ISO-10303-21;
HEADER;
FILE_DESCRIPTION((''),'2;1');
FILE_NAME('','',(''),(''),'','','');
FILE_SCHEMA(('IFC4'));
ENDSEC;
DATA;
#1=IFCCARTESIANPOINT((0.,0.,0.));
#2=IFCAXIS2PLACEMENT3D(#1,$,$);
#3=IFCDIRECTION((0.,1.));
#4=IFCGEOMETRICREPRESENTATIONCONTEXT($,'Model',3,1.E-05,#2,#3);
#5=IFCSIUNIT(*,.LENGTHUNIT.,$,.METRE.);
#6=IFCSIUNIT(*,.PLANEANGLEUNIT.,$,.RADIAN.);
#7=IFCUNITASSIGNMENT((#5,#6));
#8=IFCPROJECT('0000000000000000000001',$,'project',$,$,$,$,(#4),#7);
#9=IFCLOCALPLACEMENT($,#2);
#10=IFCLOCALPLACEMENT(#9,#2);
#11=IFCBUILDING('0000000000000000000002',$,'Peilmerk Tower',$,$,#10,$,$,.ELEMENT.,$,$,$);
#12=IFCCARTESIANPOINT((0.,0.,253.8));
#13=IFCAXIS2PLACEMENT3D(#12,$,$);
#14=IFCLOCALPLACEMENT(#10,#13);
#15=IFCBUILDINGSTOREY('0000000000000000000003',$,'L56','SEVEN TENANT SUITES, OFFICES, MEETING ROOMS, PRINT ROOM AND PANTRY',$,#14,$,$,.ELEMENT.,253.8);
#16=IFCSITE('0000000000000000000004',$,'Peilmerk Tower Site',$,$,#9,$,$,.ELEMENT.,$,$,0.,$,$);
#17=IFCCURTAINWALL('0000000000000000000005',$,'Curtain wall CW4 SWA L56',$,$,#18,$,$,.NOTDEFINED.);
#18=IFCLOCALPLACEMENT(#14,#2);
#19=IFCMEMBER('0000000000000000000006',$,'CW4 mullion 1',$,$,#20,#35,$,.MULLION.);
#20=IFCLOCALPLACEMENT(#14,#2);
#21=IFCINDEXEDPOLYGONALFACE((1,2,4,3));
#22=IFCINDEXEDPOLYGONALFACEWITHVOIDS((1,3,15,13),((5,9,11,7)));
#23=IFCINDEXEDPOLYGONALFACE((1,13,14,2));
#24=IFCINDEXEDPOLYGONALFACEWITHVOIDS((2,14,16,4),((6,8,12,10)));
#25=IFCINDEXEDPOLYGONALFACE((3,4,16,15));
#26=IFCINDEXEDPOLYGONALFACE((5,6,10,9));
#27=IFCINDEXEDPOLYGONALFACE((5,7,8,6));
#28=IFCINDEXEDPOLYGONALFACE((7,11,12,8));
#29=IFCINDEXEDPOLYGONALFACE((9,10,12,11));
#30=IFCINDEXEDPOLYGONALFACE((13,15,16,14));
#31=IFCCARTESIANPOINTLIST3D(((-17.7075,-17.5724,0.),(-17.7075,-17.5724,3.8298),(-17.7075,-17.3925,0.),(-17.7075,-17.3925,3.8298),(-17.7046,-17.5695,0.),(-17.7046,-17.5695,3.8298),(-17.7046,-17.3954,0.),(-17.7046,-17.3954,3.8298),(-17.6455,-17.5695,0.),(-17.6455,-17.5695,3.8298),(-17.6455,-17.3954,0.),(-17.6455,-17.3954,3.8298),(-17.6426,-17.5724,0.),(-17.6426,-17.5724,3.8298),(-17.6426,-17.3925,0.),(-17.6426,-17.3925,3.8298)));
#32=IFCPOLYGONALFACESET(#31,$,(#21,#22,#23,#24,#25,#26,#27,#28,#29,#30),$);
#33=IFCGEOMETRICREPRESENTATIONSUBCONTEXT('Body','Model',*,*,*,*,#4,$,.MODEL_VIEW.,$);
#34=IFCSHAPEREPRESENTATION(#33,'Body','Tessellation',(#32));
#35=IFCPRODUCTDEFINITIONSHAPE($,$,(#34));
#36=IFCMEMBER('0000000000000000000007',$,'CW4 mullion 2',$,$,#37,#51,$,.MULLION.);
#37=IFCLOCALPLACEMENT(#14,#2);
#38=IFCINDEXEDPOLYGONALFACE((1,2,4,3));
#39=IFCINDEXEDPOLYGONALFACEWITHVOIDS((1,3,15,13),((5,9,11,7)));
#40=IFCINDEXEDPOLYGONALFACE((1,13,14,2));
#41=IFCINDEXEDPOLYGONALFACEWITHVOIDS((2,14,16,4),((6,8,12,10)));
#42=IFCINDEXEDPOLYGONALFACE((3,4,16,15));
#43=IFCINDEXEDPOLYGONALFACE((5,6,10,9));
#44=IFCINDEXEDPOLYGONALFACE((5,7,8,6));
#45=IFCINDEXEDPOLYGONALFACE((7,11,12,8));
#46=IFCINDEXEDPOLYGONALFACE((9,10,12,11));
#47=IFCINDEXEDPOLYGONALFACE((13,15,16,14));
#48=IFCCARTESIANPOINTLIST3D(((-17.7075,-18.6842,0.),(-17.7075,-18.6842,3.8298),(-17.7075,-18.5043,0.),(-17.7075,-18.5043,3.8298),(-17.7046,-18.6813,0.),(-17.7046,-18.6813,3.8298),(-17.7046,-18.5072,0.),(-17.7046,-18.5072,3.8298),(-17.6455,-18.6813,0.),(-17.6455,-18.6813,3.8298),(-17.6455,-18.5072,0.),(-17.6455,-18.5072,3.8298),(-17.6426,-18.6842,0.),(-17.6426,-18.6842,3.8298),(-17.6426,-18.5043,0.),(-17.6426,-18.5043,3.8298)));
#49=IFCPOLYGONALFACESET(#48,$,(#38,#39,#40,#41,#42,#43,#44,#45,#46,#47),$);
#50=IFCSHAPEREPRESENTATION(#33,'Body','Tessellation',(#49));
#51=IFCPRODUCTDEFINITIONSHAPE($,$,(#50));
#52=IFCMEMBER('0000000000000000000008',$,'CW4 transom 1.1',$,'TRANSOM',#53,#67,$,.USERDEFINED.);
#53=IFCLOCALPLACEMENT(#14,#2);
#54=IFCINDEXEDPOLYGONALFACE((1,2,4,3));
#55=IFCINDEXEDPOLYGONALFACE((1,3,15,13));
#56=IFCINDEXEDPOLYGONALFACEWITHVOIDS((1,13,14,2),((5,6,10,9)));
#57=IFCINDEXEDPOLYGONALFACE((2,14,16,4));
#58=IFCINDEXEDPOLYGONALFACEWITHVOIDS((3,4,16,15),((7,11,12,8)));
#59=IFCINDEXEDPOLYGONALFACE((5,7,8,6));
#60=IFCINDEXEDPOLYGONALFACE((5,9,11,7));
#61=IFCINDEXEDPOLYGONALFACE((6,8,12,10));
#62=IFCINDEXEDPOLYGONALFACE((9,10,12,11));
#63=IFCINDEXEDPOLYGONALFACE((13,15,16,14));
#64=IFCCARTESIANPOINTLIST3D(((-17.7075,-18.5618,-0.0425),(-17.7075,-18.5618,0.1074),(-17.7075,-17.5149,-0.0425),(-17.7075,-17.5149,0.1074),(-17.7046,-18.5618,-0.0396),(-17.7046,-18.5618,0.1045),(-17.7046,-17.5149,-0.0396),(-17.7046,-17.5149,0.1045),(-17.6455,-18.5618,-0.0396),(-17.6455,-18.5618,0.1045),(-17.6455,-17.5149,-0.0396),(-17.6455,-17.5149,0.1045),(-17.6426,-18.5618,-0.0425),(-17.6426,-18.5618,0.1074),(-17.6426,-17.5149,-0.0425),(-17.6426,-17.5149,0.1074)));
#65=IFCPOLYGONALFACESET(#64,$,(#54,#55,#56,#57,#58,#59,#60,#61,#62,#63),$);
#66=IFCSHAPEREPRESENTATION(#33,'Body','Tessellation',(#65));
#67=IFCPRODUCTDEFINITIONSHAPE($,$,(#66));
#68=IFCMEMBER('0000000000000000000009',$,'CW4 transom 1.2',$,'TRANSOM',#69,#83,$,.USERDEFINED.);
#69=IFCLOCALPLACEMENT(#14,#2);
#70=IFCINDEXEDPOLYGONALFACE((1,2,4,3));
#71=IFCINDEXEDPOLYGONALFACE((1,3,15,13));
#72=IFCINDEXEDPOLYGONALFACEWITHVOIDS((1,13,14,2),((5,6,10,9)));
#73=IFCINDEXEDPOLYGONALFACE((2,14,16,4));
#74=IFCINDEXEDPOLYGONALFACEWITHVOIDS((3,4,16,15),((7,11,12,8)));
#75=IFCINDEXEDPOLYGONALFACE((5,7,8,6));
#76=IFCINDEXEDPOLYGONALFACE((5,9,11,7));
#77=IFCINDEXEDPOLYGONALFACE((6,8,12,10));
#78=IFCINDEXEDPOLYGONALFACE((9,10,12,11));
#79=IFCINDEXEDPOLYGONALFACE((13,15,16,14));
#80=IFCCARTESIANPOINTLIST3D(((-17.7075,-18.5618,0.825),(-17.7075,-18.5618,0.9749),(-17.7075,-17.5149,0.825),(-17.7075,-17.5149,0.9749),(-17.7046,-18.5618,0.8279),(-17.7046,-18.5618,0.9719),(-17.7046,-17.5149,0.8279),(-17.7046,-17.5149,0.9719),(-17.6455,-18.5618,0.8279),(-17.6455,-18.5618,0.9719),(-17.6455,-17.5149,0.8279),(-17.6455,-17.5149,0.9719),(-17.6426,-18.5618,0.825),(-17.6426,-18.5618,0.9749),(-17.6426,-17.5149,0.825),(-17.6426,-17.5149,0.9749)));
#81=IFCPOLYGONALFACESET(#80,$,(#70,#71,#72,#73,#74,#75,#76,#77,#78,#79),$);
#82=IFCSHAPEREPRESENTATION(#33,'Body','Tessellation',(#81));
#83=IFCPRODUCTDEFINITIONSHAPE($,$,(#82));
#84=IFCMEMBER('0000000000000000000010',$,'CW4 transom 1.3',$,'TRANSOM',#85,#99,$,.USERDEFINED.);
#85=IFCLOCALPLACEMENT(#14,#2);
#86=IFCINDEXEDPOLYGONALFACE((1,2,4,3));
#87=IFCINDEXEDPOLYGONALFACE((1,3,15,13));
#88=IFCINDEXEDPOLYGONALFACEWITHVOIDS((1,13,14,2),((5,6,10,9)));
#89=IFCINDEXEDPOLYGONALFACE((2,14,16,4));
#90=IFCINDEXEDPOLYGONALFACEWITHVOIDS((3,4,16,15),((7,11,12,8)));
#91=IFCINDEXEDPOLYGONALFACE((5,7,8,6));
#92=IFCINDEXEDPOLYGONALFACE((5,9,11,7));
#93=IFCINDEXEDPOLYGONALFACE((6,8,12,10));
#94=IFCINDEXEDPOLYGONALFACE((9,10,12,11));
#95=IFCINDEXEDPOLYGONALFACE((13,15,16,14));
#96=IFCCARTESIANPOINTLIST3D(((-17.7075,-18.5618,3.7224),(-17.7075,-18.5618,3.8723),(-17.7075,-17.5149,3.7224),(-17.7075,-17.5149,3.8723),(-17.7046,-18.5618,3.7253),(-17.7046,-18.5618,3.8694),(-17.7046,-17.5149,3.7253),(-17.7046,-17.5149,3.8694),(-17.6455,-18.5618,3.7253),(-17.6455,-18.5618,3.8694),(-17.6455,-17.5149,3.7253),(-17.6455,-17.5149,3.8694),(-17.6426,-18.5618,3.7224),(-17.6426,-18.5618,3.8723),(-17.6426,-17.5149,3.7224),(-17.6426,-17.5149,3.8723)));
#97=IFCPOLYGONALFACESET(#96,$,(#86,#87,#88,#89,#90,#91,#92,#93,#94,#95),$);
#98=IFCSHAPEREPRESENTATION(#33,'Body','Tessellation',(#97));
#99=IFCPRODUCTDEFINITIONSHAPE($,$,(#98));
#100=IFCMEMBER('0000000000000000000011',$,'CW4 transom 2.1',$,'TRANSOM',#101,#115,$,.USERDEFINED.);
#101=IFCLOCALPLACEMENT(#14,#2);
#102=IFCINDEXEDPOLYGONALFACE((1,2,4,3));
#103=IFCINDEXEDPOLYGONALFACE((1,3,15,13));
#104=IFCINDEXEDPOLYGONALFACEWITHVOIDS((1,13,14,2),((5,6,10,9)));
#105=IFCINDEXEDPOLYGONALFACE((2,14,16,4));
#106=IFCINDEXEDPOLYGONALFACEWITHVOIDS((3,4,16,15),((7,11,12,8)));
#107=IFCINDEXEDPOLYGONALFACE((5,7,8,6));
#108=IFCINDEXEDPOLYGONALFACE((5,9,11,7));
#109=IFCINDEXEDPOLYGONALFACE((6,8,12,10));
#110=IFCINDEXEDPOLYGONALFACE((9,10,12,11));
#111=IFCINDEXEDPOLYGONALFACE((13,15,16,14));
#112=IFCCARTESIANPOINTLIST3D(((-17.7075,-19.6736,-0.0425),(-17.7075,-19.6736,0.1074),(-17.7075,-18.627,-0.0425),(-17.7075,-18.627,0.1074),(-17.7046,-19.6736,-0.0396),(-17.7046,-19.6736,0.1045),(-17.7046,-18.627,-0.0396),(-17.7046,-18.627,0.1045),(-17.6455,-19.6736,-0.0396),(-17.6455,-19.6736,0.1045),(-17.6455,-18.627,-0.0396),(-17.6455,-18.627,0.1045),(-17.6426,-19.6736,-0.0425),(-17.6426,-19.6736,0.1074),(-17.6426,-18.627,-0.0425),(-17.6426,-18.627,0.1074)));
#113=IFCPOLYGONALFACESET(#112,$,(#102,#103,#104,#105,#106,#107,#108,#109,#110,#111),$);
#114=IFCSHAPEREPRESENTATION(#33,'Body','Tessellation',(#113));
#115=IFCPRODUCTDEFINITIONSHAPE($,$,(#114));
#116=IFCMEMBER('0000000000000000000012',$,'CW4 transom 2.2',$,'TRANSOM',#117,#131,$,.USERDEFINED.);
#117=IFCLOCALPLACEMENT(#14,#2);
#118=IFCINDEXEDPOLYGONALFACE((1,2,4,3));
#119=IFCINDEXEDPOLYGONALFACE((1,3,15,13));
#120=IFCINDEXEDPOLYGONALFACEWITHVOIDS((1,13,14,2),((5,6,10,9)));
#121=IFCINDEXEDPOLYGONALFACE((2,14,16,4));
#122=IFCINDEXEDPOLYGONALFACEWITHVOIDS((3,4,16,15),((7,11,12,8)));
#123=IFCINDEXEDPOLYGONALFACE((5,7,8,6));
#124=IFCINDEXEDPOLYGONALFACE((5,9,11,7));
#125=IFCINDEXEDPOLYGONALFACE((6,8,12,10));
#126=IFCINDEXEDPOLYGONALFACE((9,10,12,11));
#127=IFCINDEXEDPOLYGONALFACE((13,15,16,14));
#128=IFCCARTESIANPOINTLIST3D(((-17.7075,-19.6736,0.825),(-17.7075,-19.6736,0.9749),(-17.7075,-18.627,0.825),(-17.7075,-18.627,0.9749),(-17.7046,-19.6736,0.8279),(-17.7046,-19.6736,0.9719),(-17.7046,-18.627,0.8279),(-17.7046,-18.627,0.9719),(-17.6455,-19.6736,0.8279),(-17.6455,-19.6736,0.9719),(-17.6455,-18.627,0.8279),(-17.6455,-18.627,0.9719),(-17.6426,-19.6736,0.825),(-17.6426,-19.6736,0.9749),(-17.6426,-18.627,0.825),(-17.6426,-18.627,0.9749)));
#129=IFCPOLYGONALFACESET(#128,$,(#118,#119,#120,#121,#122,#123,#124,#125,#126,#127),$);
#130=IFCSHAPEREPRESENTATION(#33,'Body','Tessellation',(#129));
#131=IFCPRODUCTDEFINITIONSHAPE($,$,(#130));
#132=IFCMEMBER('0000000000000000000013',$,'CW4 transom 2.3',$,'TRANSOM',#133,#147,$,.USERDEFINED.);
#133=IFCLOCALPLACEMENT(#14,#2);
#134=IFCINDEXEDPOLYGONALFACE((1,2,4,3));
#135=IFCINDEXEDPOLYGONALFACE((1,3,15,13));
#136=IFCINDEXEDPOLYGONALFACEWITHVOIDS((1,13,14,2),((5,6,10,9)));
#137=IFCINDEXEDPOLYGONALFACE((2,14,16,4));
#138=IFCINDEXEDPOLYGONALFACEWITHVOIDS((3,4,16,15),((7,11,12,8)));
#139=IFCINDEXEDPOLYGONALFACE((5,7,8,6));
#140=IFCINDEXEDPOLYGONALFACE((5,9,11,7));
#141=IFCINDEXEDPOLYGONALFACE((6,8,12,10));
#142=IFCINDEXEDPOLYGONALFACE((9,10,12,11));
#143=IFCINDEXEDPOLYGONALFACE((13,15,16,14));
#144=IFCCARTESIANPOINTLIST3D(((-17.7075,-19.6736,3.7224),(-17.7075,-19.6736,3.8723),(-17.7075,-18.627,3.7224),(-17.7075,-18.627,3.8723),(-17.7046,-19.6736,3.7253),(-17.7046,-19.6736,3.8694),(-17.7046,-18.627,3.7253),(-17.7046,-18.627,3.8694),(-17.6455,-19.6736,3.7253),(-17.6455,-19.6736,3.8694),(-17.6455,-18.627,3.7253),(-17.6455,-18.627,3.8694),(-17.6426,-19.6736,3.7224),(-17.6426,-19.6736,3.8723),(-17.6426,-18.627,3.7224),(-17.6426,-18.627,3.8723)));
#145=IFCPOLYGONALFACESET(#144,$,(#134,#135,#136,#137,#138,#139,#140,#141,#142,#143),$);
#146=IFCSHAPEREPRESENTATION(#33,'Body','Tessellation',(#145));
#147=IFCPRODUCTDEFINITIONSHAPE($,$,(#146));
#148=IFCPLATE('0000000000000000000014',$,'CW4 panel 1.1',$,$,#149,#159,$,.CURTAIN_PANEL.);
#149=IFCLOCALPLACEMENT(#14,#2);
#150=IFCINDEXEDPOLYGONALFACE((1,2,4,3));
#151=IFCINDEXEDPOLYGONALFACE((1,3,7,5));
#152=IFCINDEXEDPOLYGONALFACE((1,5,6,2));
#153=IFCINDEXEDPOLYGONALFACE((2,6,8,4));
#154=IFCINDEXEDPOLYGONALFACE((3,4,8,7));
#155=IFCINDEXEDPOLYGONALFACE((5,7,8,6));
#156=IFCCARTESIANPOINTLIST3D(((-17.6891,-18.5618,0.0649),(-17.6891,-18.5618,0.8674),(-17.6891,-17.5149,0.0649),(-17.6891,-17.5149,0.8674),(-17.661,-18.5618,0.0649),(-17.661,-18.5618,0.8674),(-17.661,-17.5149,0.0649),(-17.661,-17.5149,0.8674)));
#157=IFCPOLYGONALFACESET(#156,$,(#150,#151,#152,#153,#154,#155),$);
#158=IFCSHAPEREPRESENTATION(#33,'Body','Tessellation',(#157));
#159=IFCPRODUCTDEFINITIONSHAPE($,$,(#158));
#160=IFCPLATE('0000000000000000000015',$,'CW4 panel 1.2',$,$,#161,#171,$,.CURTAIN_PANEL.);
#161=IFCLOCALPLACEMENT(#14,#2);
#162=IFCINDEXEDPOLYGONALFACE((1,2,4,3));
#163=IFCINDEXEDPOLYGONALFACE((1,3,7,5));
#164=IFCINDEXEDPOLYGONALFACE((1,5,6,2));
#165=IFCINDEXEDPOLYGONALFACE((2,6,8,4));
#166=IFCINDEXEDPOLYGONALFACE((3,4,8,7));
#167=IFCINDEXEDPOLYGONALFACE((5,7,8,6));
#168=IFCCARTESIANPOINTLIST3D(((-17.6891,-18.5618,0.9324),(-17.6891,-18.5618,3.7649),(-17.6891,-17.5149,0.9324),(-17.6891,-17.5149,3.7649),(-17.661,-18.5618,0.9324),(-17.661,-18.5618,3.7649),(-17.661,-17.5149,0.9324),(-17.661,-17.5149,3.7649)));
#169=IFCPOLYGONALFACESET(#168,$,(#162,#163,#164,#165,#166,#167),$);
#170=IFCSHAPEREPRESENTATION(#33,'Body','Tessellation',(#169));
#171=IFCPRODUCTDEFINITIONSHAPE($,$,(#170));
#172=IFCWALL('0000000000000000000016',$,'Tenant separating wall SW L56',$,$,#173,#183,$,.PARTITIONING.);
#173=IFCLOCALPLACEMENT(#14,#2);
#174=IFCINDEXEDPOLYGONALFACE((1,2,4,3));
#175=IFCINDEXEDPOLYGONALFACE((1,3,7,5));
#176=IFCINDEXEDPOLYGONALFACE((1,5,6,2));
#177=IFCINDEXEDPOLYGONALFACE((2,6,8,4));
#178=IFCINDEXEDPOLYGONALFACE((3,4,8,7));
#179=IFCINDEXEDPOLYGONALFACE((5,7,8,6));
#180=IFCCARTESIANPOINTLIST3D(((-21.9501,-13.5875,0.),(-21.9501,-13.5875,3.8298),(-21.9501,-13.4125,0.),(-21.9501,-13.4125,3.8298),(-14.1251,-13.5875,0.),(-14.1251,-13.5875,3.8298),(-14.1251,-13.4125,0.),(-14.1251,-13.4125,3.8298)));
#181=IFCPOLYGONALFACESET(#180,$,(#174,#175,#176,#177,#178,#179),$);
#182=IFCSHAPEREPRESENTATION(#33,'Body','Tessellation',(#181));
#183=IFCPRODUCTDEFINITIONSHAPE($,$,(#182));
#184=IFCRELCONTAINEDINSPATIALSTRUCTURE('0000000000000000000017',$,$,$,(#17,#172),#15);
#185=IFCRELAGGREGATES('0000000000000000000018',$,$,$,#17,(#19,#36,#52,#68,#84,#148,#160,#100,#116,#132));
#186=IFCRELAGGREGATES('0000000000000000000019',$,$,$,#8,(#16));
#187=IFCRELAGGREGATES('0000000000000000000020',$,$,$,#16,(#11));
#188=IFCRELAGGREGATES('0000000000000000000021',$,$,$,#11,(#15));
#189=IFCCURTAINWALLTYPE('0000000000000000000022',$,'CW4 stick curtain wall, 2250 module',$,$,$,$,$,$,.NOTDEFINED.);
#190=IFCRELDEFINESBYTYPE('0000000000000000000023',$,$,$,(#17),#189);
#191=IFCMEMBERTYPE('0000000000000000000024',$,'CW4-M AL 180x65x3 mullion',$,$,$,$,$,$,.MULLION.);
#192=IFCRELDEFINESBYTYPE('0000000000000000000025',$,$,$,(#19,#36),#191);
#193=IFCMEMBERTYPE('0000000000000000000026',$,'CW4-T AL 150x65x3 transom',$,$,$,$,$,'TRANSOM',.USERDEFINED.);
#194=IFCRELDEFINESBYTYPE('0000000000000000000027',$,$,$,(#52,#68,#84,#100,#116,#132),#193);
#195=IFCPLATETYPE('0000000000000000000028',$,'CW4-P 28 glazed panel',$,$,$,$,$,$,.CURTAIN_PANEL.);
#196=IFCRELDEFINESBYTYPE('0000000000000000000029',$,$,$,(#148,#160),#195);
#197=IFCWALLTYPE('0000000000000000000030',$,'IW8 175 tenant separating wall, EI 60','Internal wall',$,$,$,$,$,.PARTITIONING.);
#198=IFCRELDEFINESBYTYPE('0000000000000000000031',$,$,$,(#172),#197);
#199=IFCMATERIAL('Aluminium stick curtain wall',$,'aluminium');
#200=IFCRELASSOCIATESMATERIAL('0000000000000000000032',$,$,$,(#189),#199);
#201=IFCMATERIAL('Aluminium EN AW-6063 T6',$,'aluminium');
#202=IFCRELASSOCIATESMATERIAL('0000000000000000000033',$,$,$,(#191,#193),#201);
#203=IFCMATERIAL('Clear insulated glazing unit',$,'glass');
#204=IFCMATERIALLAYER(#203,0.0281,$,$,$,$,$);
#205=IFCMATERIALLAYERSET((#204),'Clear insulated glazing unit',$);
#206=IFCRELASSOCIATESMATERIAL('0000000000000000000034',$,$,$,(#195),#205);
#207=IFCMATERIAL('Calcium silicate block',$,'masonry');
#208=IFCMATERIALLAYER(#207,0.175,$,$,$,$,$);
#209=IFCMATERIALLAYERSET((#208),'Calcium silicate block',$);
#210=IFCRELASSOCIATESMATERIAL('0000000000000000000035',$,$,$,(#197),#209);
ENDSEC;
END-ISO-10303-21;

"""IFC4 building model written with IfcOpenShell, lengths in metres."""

from ifc_helpers import new_model, si_unit, direction, frame, frame_2d, origin, origin_2d, place, context, subcontext, project, spatial, rectangle, hollow_rectangle, extrude, material, layer, layer_set, material_profile, profile_set, type_object, element, aggregate, save


model = new_model("IFC4")

# Units and contexts
model_context = context("Model", 3, precision=1e-05, world=origin(), true_north=direction((0.0, 1.0)))
body_context = subcontext(model_context, "Body", "Model", "MODEL_VIEW")
ifc_project = project(units=[si_unit("LENGTHUNIT", "METRE"), si_unit("PLANEANGLEUNIT", "RADIAN")], contexts=[model_context])

# Site, building, storey
site_placement = place(None, origin())
site = spatial("IfcSite", under=ifc_project, at=site_placement, Name="Peilmerk Tower Site", CompositionType="ELEMENT", RefElevation=0.0)
building_placement = place(site_placement, origin())
building = spatial("IfcBuilding", under=site, at=building_placement, Name="Peilmerk Tower", CompositionType="ELEMENT")
storey_placement = place(building_placement, frame((0.0, 0.0, 253.8)))
storey = spatial("IfcBuildingStorey", under=building, at=storey_placement, Name="L56", Description="SEVEN TENANT SUITES, OFFICES, MEETING ROOMS, PRINT ROOM AND PANTRY", CompositionType="ELEMENT", Elevation=253.8)

# Curtain wall, members, plates
ifc_material_1 = material(Name="Aluminium stick curtain wall", Category="aluminium")
curtain_wall_type = type_object("IfcCurtainWallType", Name="CW4 stick curtain wall, 2250 module", PredefinedType="NOTDEFINED", material=ifc_material_1)
curtain_wall_placement = place(storey_placement, origin())
curtain_wall = element("IfcCurtainWall", 1, at=curtain_wall_placement, inside=storey, type_object=curtain_wall_type, Name="Curtain wall CW4 SWA L56", PredefinedType="NOTDEFINED")
ifc_material_2 = material(Name="Aluminium EN AW-6063 T6", Category="aluminium")
ifc_material_profile_1 = material_profile(ifc_material_2, hollow_rectangle(XDim=0.0649, YDim=0.1799, WallThickness=0.0029, at=origin_2d()), Name="AL 180x65x3")
ifc_profile_set_1 = profile_set([ifc_material_profile_1], Name="Aluminium EN AW-6063 T6")
member_type_1 = type_object("IfcMemberType", Name="CW4-M AL 180x65x3 mullion", PredefinedType="MULLION", material=ifc_profile_set_1)
member_1_placement = place(storey_placement, frame((-17.675, -17.4824, 0.0), z_axis=(0.0, 0.0, 1.0), x_axis=(1.0, 0.0, 0.0)))
member_1 = element("IfcMember", 2, at=member_1_placement, type_object=member_type_1, Name="CW4 mullion 1", PredefinedType="MULLION", context=body_context, shape_type="SweptSolid", body=[
    extrude(hollow_rectangle(XDim=0.0649, YDim=0.1799, WallThickness=0.0029, at=origin_2d()), origin(), (0.0, 0.0, 1.0), 3.8298),
])
member_2_placement = place(storey_placement, frame((-17.675, -18.5942, 0.0), z_axis=(0.0, 0.0, 1.0), x_axis=(1.0, 0.0, 0.0)))
member_2 = element("IfcMember", 3, at=member_2_placement, type_object=member_type_1, Name="CW4 mullion 2", PredefinedType="MULLION", context=body_context, shape_type="SweptSolid", body=[
    extrude(hollow_rectangle(XDim=0.0649, YDim=0.1799, WallThickness=0.0029, at=origin_2d()), origin(), (0.0, 0.0, 1.0), 3.8298),
])
ifc_material_profile_2 = material_profile(ifc_material_2, hollow_rectangle(XDim=0.0649, YDim=0.1499, WallThickness=0.0029, at=origin_2d()), Name="AL 150x65x3")
ifc_profile_set_2 = profile_set([ifc_material_profile_2], Name="Aluminium EN AW-6063 T6")
member_type_2 = type_object("IfcMemberType", Name="CW4-T AL 150x65x3 transom", ElementType="TRANSOM", PredefinedType="USERDEFINED", material=ifc_profile_set_2)
member_3_placement = place(storey_placement, frame((-17.675, -17.5149, 0.0325), z_axis=(0.0, -1.0, 0.0), x_axis=(1.0, 0.0, 0.0)))
member_3 = element("IfcMember", 4, at=member_3_placement, type_object=member_type_2, Name="CW4 transom 1.1", ObjectType="TRANSOM", PredefinedType="USERDEFINED", context=body_context, shape_type="SweptSolid", body=[
    extrude(hollow_rectangle(XDim=0.0649, YDim=0.1499, WallThickness=0.0029, at=origin_2d()), origin(), (0.0, 0.0, 1.0), 1.0469),
])
member_4_placement = place(storey_placement, frame((-17.675, -17.5149, 0.8999), z_axis=(0.0, -1.0, 0.0), x_axis=(1.0, 0.0, 0.0)))
member_4 = element("IfcMember", 5, at=member_4_placement, type_object=member_type_2, Name="CW4 transom 1.2", ObjectType="TRANSOM", PredefinedType="USERDEFINED", context=body_context, shape_type="SweptSolid", body=[
    extrude(hollow_rectangle(XDim=0.0649, YDim=0.1499, WallThickness=0.0029, at=origin_2d()), origin(), (0.0, 0.0, 1.0), 1.0469),
])
member_5_placement = place(storey_placement, frame((-17.675, -17.5149, 3.7974), z_axis=(0.0, -1.0, 0.0), x_axis=(1.0, 0.0, 0.0)))
member_5 = element("IfcMember", 6, at=member_5_placement, type_object=member_type_2, Name="CW4 transom 1.3", ObjectType="TRANSOM", PredefinedType="USERDEFINED", context=body_context, shape_type="SweptSolid", body=[
    extrude(hollow_rectangle(XDim=0.0649, YDim=0.1499, WallThickness=0.0029, at=origin_2d()), origin(), (0.0, 0.0, 1.0), 1.0469),
])
member_6_placement = place(storey_placement, frame((-17.675, -18.627, 0.0325), z_axis=(0.0, -1.0, 0.0), x_axis=(1.0, 0.0, 0.0)))
member_6 = element("IfcMember", 7, at=member_6_placement, type_object=member_type_2, Name="CW4 transom 2.1", ObjectType="TRANSOM", PredefinedType="USERDEFINED", context=body_context, shape_type="SweptSolid", body=[
    extrude(hollow_rectangle(XDim=0.0649, YDim=0.1499, WallThickness=0.0029, at=origin_2d()), origin(), (0.0, 0.0, 1.0), 1.0466),
])
member_7_placement = place(storey_placement, frame((-17.675, -18.627, 0.8999), z_axis=(0.0, -1.0, 0.0), x_axis=(1.0, 0.0, 0.0)))
member_7 = element("IfcMember", 8, at=member_7_placement, type_object=member_type_2, Name="CW4 transom 2.2", ObjectType="TRANSOM", PredefinedType="USERDEFINED", context=body_context, shape_type="SweptSolid", body=[
    extrude(hollow_rectangle(XDim=0.0649, YDim=0.1499, WallThickness=0.0029, at=origin_2d()), origin(), (0.0, 0.0, 1.0), 1.0466),
])
member_8_placement = place(storey_placement, frame((-17.675, -18.627, 3.7974), z_axis=(0.0, -1.0, 0.0), x_axis=(1.0, 0.0, 0.0)))
member_8 = element("IfcMember", 9, at=member_8_placement, type_object=member_type_2, Name="CW4 transom 2.3", ObjectType="TRANSOM", PredefinedType="USERDEFINED", context=body_context, shape_type="SweptSolid", body=[
    extrude(hollow_rectangle(XDim=0.0649, YDim=0.1499, WallThickness=0.0029, at=origin_2d()), origin(), (0.0, 0.0, 1.0), 1.0466),
])
ifc_material_3 = material(Name="Clear insulated glazing unit", Category="glass")
ifc_layer_1 = layer(ifc_material_3, 0.0281)
ifc_layer_set_1 = layer_set([ifc_layer_1], Name="Clear insulated glazing unit")
plate_type = type_object("IfcPlateType", Name="CW4-P 28 glazed panel", PredefinedType="CURTAIN_PANEL", material=ifc_layer_set_1)
plate_1_placement = place(storey_placement, frame((-17.675, -18.0383, 0.0649), z_axis=(0.0, 0.0, 1.0), x_axis=(0.0, -1.0, 0.0)))
plate_1 = element("IfcPlate", 10, at=plate_1_placement, type_object=plate_type, Name="CW4 panel 1.1", PredefinedType="CURTAIN_PANEL", context=body_context, shape_type="SweptSolid", body=[
    extrude(rectangle(XDim=1.0469, YDim=0.0281, at=origin_2d()), origin(), (0.0, 0.0, 1.0), 0.8025),
])
plate_2_placement = place(storey_placement, frame((-17.675, -18.0383, 0.9324), z_axis=(0.0, 0.0, 1.0), x_axis=(0.0, -1.0, 0.0)))
plate_2 = element("IfcPlate", 11, at=plate_2_placement, type_object=plate_type, Name="CW4 panel 1.2", PredefinedType="CURTAIN_PANEL", context=body_context, shape_type="SweptSolid", body=[
    extrude(rectangle(XDim=1.0469, YDim=0.0281, at=origin_2d()), origin(), (0.0, 0.0, 1.0), 2.8325),
])
aggregate(curtain_wall, [member_1, member_2, member_3, member_4, member_5, plate_1, plate_2, member_6, member_7, member_8])

# Wall
ifc_material_4 = material(Name="Calcium silicate block", Category="masonry")
ifc_layer_2 = layer(ifc_material_4, 0.175)
ifc_layer_set_2 = layer_set([ifc_layer_2], Name="Calcium silicate block")
wall_type = type_object("IfcWallType", Name="IW8 175 tenant separating wall, EI 60", Description="Internal wall", PredefinedType="PARTITIONING", material=ifc_layer_set_2)
wall_1_placement = place(storey_placement, frame((-14.125, -13.5, 0.0), z_axis=(0.0, 0.0, 1.0), x_axis=(-1.0, 0.0, 0.0)))
element("IfcWall", 12, at=wall_1_placement, inside=storey, type_object=wall_type, Name="Tenant separating wall SW L56", PredefinedType="PARTITIONING", context=body_context, shape_type="SweptSolid", body=[
    extrude(rectangle(XDim=7.825, YDim=0.175, at=frame_2d((3.9126, 0.0))), origin(), (0.0, 0.0, 1.0), 3.8298),
])

save(model, "model.ifc")
